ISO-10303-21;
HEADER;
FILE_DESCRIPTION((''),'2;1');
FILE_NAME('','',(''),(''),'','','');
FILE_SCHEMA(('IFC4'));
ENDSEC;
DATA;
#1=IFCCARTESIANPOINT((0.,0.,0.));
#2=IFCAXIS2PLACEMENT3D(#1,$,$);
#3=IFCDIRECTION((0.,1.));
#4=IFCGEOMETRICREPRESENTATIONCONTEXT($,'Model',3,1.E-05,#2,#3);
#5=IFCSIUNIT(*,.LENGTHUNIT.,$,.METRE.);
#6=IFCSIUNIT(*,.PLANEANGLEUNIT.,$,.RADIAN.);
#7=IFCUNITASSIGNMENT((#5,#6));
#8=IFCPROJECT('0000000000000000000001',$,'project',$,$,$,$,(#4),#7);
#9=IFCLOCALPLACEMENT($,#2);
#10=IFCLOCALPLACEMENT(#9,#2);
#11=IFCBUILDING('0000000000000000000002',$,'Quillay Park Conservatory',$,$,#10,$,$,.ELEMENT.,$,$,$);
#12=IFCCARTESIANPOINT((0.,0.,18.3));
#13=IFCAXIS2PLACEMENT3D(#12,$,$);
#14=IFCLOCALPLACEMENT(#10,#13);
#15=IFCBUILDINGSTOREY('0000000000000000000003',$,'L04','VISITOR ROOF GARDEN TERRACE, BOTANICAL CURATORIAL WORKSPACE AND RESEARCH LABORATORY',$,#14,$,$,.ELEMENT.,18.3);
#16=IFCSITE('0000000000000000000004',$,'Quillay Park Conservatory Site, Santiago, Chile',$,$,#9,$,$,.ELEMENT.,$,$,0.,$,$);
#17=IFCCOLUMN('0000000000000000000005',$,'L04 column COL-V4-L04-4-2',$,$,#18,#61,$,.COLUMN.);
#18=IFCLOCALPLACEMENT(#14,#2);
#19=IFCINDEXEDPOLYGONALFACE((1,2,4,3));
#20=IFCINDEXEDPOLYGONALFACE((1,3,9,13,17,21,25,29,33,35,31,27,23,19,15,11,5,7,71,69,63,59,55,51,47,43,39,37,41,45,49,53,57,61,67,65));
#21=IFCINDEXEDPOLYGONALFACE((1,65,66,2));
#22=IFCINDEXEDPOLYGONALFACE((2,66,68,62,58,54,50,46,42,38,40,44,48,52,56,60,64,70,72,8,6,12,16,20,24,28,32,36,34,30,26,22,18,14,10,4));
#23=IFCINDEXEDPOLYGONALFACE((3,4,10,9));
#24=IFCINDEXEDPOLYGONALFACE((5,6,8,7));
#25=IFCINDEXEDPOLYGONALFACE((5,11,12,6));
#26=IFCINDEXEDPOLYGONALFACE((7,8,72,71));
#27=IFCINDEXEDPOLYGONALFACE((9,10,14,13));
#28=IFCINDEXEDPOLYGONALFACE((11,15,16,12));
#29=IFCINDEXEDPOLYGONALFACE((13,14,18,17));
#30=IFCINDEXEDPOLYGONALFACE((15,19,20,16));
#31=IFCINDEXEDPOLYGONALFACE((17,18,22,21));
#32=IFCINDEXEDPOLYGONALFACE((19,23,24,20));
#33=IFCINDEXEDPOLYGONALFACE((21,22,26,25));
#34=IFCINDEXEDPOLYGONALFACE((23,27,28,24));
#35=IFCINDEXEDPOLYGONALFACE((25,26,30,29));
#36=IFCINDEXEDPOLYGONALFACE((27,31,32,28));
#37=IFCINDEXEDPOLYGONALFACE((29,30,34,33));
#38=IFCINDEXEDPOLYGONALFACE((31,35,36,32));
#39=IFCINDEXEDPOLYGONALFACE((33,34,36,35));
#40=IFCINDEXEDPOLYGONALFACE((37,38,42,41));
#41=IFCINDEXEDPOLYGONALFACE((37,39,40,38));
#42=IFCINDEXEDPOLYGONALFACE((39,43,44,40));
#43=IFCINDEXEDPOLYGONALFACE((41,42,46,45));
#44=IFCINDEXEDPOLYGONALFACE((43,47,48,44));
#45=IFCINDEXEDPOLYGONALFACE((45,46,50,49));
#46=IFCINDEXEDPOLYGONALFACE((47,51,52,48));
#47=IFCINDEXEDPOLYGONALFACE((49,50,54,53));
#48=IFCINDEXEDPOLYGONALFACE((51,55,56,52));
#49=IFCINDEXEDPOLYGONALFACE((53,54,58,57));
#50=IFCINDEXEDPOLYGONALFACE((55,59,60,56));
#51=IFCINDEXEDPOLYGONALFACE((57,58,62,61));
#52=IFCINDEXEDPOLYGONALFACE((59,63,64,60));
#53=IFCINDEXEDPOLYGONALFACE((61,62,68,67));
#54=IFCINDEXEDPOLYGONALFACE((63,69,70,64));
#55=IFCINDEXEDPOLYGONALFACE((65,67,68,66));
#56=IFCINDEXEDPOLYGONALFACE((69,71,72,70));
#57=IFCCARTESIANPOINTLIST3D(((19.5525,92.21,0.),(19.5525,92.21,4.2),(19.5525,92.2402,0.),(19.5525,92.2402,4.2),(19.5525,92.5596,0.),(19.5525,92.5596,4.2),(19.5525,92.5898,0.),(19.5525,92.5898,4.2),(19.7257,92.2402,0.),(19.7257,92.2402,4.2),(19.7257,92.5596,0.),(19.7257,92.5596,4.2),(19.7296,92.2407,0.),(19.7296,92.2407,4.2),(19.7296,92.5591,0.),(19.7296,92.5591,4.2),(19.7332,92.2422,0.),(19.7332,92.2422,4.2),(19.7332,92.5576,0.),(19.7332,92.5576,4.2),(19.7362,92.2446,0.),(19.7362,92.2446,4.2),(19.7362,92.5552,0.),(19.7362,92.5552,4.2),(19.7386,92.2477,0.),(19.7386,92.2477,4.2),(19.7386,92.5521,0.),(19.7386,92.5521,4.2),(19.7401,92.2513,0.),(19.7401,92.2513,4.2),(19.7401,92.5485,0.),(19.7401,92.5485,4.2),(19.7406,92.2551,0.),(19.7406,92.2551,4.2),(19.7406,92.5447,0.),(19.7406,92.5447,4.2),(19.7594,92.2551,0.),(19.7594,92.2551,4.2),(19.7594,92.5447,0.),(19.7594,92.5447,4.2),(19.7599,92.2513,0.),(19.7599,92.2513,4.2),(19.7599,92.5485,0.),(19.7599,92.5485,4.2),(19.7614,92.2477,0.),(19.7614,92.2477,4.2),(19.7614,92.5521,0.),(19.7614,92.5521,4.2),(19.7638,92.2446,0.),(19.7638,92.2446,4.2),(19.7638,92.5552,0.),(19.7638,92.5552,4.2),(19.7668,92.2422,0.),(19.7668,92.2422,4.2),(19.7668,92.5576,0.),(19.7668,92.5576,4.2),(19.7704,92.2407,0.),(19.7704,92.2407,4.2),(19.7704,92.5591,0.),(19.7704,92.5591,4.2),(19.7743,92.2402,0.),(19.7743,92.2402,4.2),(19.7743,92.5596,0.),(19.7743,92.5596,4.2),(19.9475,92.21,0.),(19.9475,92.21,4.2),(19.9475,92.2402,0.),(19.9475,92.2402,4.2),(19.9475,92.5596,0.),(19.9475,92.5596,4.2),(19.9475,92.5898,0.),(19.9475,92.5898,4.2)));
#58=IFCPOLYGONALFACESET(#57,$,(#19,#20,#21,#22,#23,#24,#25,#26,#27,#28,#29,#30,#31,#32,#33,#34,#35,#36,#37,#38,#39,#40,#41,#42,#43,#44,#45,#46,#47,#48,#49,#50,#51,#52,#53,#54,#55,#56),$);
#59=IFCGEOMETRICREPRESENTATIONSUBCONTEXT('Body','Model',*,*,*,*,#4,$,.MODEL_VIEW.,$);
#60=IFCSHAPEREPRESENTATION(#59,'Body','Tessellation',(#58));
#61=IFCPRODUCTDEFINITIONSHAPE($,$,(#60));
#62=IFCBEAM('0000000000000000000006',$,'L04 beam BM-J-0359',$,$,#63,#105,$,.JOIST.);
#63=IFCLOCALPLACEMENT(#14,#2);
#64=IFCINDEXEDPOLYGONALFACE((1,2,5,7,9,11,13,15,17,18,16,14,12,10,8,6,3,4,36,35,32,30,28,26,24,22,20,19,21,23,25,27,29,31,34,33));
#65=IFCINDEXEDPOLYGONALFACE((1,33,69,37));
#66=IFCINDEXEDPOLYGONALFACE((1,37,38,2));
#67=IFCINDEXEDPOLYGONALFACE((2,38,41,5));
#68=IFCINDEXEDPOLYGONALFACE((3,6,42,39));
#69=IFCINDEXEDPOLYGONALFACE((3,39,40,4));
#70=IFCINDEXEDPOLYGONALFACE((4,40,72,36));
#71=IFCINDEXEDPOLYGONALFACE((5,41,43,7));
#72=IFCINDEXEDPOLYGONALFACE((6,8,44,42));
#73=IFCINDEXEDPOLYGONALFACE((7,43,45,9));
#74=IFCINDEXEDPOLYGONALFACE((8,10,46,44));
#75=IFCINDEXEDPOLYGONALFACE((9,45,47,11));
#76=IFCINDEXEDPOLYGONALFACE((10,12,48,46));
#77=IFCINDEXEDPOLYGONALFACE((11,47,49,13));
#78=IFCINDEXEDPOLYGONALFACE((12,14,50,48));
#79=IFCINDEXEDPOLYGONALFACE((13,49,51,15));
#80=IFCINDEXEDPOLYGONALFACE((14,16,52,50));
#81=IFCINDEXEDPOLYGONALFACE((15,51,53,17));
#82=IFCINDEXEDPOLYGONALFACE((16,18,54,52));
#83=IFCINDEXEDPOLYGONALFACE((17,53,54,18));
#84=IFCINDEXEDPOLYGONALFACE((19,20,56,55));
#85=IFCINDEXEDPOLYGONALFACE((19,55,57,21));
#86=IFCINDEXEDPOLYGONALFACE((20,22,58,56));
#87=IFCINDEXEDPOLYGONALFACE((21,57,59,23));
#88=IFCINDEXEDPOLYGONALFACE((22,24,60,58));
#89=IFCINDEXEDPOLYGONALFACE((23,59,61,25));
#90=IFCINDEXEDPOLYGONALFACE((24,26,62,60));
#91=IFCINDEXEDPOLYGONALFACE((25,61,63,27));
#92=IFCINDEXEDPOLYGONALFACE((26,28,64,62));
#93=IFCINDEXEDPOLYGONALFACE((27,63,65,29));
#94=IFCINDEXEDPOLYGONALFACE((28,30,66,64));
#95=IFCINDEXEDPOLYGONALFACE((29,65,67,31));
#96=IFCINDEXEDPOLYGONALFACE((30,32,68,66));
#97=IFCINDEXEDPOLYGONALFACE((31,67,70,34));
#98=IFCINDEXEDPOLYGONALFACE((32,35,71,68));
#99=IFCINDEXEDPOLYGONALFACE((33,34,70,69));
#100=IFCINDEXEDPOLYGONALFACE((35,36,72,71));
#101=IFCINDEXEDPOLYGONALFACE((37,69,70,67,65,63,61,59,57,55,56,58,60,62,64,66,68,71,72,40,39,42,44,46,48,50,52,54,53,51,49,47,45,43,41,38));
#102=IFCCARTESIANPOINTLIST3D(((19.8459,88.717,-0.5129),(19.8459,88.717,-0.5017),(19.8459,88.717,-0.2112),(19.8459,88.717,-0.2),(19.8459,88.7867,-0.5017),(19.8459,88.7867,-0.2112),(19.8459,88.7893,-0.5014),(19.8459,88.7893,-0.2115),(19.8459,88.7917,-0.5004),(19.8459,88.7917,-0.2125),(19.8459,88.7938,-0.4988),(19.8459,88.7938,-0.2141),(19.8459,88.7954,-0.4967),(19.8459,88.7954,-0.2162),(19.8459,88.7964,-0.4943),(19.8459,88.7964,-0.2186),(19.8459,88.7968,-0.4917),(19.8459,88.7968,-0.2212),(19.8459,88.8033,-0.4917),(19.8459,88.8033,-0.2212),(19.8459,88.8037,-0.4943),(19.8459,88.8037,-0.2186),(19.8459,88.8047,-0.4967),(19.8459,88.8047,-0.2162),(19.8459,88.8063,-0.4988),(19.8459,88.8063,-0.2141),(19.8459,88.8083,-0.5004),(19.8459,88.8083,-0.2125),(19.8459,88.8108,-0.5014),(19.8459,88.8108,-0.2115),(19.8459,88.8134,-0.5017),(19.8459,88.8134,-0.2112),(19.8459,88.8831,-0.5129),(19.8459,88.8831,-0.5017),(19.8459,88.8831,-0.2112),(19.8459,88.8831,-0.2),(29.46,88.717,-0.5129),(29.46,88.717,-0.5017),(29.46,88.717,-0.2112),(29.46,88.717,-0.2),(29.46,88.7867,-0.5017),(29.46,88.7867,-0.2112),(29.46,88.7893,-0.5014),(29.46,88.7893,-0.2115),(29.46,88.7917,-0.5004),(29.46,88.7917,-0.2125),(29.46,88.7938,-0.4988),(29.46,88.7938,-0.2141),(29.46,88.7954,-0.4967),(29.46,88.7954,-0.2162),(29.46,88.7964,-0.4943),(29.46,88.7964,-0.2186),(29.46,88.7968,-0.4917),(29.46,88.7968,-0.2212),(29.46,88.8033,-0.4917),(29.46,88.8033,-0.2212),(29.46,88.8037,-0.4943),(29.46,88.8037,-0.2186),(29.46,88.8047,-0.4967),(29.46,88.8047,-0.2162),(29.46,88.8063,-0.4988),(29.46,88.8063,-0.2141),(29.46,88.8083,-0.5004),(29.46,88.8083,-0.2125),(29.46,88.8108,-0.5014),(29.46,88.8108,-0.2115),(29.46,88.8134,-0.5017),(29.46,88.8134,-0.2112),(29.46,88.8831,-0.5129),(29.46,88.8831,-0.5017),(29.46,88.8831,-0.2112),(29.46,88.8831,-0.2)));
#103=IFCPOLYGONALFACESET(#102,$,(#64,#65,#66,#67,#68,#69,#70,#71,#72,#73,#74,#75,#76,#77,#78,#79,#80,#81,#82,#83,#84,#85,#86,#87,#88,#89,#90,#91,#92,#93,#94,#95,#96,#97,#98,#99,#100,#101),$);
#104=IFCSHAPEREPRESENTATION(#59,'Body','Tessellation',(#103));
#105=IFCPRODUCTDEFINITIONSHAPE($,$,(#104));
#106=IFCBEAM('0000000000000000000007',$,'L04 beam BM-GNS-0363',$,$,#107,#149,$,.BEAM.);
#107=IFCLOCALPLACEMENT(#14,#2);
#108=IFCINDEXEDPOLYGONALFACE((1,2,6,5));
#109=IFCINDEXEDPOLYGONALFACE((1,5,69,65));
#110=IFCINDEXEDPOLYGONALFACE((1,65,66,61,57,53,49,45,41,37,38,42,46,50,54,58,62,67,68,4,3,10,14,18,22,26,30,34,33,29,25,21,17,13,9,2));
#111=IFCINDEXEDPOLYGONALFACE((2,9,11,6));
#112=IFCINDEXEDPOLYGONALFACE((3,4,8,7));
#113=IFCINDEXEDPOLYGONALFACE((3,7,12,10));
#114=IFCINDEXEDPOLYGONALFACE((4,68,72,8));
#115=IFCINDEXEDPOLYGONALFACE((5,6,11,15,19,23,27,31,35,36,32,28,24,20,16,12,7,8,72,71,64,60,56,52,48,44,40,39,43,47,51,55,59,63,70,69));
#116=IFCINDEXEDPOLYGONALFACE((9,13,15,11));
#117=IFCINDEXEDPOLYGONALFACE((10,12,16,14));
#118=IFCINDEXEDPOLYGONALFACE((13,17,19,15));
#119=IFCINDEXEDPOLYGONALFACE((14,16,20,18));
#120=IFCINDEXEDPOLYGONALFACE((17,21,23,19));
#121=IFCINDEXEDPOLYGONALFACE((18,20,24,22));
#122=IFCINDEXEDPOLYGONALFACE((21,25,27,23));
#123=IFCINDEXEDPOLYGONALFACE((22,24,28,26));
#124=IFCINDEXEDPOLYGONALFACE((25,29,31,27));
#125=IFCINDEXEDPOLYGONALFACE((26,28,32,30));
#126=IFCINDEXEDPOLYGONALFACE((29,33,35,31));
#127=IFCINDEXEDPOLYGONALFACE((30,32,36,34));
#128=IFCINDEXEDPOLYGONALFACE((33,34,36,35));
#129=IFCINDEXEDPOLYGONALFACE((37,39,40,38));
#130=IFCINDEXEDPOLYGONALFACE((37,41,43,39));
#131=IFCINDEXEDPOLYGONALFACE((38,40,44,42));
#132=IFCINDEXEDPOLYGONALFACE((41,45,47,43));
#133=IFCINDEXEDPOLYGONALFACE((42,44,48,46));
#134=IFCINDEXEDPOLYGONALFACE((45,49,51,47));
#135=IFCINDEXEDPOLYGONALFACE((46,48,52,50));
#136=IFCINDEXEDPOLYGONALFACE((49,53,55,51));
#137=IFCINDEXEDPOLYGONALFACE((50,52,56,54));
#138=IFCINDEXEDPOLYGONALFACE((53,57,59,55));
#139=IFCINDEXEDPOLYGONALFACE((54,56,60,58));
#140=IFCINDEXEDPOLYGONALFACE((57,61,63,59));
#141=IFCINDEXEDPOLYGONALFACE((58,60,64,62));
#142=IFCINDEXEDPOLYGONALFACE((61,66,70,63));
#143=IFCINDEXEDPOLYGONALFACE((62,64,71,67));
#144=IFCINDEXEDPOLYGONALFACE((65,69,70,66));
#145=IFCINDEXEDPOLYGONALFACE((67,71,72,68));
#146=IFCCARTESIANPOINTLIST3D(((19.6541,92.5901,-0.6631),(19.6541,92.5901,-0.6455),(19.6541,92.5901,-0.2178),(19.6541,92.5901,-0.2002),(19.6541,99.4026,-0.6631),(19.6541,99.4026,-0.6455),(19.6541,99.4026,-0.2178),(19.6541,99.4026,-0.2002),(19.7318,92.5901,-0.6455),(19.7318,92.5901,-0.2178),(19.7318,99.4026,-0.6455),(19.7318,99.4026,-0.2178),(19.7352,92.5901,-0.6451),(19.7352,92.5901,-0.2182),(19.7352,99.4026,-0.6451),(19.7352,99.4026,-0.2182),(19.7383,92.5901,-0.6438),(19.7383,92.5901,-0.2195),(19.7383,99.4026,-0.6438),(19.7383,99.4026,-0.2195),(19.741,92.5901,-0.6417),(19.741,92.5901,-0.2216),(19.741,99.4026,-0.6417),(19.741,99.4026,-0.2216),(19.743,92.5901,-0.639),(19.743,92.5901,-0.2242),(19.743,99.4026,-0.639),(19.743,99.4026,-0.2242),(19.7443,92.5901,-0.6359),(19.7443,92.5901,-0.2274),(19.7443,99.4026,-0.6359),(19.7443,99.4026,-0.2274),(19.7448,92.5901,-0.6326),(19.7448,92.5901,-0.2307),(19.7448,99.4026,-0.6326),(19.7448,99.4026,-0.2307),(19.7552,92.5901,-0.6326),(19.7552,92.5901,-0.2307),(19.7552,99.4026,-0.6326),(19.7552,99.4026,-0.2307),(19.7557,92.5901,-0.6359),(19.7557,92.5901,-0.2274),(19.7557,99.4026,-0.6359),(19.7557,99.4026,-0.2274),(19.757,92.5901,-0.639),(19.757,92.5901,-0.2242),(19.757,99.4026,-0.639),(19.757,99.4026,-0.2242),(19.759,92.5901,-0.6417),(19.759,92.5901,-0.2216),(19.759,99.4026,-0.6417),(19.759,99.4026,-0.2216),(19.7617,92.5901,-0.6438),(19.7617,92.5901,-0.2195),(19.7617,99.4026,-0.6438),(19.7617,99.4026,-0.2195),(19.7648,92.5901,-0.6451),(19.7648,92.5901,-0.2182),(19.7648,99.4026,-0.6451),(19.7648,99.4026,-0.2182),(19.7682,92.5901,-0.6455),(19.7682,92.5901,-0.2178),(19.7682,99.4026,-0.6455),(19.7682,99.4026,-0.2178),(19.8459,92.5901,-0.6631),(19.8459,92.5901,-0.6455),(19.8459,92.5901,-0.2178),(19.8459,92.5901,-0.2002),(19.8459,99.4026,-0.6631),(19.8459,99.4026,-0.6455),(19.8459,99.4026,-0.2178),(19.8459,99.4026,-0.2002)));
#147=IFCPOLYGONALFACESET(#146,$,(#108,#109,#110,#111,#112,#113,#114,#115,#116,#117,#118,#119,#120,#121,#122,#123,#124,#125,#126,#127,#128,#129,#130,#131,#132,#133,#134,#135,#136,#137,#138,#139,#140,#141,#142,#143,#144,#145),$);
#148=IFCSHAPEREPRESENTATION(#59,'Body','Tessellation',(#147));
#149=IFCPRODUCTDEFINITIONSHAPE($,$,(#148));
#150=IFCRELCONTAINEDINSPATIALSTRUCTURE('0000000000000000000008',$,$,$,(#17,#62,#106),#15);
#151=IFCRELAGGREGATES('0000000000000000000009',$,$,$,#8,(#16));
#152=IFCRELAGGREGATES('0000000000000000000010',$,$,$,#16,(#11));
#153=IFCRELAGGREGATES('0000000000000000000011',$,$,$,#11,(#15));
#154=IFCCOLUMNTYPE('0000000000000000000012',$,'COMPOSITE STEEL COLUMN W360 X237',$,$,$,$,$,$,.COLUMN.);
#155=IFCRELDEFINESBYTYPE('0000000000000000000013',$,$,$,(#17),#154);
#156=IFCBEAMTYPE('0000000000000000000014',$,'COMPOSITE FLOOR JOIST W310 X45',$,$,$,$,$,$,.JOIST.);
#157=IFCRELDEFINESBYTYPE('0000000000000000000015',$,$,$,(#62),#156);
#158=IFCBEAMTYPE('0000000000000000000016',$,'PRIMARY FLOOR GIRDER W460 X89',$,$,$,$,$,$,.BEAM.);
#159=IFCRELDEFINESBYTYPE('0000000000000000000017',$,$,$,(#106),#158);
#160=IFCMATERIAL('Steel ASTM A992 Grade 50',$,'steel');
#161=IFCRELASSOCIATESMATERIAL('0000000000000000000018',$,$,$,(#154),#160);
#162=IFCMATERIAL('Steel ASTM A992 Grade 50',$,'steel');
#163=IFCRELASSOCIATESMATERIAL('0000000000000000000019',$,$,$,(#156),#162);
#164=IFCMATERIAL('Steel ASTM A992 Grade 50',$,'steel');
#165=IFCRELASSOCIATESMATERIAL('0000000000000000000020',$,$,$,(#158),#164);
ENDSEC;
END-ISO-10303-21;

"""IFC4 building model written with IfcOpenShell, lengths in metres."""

from ifc_helpers import new_model, si_unit, direction, frame, origin, origin_2d, place, context, subcontext, project, spatial, i_section, extrude, material, material_profile, profile_set, type_object, element, save


model = new_model("IFC4")

# Units and contexts
model_context = context("Model", 3, precision=1e-05, world=origin(), true_north=direction((0.0, 1.0)))
body_context = subcontext(model_context, "Body", "Model", "MODEL_VIEW")
ifc_project = project(units=[si_unit("LENGTHUNIT", "METRE"), si_unit("PLANEANGLEUNIT", "RADIAN")], contexts=[model_context])

# Site, building, storey
site_placement = place(None, origin())
site = spatial("IfcSite", under=ifc_project, at=site_placement, Name="Quillay Park Conservatory Site, Santiago, Chile", CompositionType="ELEMENT", RefElevation=0.0)
building_placement = place(site_placement, origin())
building = spatial("IfcBuilding", under=site, at=building_placement, Name="Quillay Park Conservatory", CompositionType="ELEMENT")
storey_placement = place(building_placement, frame((0.0, 0.0, 18.3)))
storey = spatial("IfcBuildingStorey", under=building, at=storey_placement, Name="L04", Description="VISITOR ROOF GARDEN TERRACE, BOTANICAL CURATORIAL WORKSPACE AND RESEARCH LABORATORY", CompositionType="ELEMENT", Elevation=18.3)

# Column
ifc_material_1 = material(Name="Steel ASTM A992 Grade 50", Category="steel")
ifc_material_profile_1 = material_profile(ifc_material_1, i_section(OverallWidth=0.395, OverallDepth=0.3799, WebThickness=0.0188, FlangeThickness=0.0303, FilletRadius=0.0149, at=origin_2d()), Name="W360x237")
ifc_profile_set_1 = profile_set([ifc_material_profile_1], Name="Steel ASTM A992 Grade 50")
column_type = type_object("IfcColumnType", Name="COMPOSITE STEEL COLUMN W360 X237", PredefinedType="COLUMN", material=ifc_profile_set_1)
column_placement = place(storey_placement, frame((19.75, 92.3999, 0.0), z_axis=(0.0, 0.0, 1.0), x_axis=(1.0, 0.0, 0.0)))
element("IfcColumn", 1, at=column_placement, inside=storey, type_object=column_type, Name="L04 column COL-V4-L04-4-2", PredefinedType="COLUMN", context=body_context, shape_type="SweptSolid", body=[
    extrude(i_section(OverallWidth=0.395, OverallDepth=0.3799, WebThickness=0.0188, FlangeThickness=0.0303, FilletRadius=0.0149, at=origin_2d()), origin(), (0.0, 0.0, 1.0), 4.2),
])

# Beams
ifc_material_2 = material(Name="Steel ASTM A992 Grade 50", Category="steel")
ifc_material_profile_2 = material_profile(ifc_material_2, i_section(OverallWidth=0.166, OverallDepth=0.313, WebThickness=0.0066, FlangeThickness=0.0112, FilletRadius=0.01, at=origin_2d()), Name="W310x45")
ifc_profile_set_2 = profile_set([ifc_material_profile_2], Name="Steel ASTM A992 Grade 50")
beam_type_1 = type_object("IfcBeamType", Name="COMPOSITE FLOOR JOIST W310 X45", PredefinedType="JOIST", material=ifc_profile_set_2)
beam_1_placement = place(storey_placement, frame((19.8459, 88.8, -0.3564), z_axis=(1.0, 0.0, 0.0), x_axis=(0.0, 1.0, 0.0)))
element("IfcBeam", 2, at=beam_1_placement, inside=storey, type_object=beam_type_1, Name="L04 beam BM-J-0359", PredefinedType="JOIST", context=body_context, shape_type="SweptSolid", body=[
    extrude(i_section(OverallWidth=0.166, OverallDepth=0.313, WebThickness=0.0066, FlangeThickness=0.0112, FilletRadius=0.01, at=origin_2d()), origin(), (0.0, 0.0, 1.0), 9.614),
])
ifc_material_3 = material(Name="Steel ASTM A992 Grade 50", Category="steel")
ifc_material_profile_3 = material_profile(ifc_material_3, i_section(OverallWidth=0.1919, OverallDepth=0.4629, WebThickness=0.0105, FlangeThickness=0.0176, FilletRadius=0.0129, at=origin_2d()), Name="W460x89")
ifc_profile_set_3 = profile_set([ifc_material_profile_3], Name="Steel ASTM A992 Grade 50")
beam_type_2 = type_object("IfcBeamType", Name="PRIMARY FLOOR GIRDER W460 X89", PredefinedType="BEAM", material=ifc_profile_set_3)
beam_2_placement = place(storey_placement, frame((19.75, 92.5901, -0.4316), z_axis=(0.0, 1.0, 0.0), x_axis=(-1.0, 0.0, 0.0)))
element("IfcBeam", 3, at=beam_2_placement, inside=storey, type_object=beam_type_2, Name="L04 beam BM-GNS-0363", PredefinedType="BEAM", context=body_context, shape_type="SweptSolid", body=[
    extrude(i_section(OverallWidth=0.1919, OverallDepth=0.4629, WebThickness=0.0105, FlangeThickness=0.0176, FilletRadius=0.0129, at=origin_2d()), origin(), (0.0, 0.0, 1.0), 6.8125),
])

save(model, "model.ifc")
